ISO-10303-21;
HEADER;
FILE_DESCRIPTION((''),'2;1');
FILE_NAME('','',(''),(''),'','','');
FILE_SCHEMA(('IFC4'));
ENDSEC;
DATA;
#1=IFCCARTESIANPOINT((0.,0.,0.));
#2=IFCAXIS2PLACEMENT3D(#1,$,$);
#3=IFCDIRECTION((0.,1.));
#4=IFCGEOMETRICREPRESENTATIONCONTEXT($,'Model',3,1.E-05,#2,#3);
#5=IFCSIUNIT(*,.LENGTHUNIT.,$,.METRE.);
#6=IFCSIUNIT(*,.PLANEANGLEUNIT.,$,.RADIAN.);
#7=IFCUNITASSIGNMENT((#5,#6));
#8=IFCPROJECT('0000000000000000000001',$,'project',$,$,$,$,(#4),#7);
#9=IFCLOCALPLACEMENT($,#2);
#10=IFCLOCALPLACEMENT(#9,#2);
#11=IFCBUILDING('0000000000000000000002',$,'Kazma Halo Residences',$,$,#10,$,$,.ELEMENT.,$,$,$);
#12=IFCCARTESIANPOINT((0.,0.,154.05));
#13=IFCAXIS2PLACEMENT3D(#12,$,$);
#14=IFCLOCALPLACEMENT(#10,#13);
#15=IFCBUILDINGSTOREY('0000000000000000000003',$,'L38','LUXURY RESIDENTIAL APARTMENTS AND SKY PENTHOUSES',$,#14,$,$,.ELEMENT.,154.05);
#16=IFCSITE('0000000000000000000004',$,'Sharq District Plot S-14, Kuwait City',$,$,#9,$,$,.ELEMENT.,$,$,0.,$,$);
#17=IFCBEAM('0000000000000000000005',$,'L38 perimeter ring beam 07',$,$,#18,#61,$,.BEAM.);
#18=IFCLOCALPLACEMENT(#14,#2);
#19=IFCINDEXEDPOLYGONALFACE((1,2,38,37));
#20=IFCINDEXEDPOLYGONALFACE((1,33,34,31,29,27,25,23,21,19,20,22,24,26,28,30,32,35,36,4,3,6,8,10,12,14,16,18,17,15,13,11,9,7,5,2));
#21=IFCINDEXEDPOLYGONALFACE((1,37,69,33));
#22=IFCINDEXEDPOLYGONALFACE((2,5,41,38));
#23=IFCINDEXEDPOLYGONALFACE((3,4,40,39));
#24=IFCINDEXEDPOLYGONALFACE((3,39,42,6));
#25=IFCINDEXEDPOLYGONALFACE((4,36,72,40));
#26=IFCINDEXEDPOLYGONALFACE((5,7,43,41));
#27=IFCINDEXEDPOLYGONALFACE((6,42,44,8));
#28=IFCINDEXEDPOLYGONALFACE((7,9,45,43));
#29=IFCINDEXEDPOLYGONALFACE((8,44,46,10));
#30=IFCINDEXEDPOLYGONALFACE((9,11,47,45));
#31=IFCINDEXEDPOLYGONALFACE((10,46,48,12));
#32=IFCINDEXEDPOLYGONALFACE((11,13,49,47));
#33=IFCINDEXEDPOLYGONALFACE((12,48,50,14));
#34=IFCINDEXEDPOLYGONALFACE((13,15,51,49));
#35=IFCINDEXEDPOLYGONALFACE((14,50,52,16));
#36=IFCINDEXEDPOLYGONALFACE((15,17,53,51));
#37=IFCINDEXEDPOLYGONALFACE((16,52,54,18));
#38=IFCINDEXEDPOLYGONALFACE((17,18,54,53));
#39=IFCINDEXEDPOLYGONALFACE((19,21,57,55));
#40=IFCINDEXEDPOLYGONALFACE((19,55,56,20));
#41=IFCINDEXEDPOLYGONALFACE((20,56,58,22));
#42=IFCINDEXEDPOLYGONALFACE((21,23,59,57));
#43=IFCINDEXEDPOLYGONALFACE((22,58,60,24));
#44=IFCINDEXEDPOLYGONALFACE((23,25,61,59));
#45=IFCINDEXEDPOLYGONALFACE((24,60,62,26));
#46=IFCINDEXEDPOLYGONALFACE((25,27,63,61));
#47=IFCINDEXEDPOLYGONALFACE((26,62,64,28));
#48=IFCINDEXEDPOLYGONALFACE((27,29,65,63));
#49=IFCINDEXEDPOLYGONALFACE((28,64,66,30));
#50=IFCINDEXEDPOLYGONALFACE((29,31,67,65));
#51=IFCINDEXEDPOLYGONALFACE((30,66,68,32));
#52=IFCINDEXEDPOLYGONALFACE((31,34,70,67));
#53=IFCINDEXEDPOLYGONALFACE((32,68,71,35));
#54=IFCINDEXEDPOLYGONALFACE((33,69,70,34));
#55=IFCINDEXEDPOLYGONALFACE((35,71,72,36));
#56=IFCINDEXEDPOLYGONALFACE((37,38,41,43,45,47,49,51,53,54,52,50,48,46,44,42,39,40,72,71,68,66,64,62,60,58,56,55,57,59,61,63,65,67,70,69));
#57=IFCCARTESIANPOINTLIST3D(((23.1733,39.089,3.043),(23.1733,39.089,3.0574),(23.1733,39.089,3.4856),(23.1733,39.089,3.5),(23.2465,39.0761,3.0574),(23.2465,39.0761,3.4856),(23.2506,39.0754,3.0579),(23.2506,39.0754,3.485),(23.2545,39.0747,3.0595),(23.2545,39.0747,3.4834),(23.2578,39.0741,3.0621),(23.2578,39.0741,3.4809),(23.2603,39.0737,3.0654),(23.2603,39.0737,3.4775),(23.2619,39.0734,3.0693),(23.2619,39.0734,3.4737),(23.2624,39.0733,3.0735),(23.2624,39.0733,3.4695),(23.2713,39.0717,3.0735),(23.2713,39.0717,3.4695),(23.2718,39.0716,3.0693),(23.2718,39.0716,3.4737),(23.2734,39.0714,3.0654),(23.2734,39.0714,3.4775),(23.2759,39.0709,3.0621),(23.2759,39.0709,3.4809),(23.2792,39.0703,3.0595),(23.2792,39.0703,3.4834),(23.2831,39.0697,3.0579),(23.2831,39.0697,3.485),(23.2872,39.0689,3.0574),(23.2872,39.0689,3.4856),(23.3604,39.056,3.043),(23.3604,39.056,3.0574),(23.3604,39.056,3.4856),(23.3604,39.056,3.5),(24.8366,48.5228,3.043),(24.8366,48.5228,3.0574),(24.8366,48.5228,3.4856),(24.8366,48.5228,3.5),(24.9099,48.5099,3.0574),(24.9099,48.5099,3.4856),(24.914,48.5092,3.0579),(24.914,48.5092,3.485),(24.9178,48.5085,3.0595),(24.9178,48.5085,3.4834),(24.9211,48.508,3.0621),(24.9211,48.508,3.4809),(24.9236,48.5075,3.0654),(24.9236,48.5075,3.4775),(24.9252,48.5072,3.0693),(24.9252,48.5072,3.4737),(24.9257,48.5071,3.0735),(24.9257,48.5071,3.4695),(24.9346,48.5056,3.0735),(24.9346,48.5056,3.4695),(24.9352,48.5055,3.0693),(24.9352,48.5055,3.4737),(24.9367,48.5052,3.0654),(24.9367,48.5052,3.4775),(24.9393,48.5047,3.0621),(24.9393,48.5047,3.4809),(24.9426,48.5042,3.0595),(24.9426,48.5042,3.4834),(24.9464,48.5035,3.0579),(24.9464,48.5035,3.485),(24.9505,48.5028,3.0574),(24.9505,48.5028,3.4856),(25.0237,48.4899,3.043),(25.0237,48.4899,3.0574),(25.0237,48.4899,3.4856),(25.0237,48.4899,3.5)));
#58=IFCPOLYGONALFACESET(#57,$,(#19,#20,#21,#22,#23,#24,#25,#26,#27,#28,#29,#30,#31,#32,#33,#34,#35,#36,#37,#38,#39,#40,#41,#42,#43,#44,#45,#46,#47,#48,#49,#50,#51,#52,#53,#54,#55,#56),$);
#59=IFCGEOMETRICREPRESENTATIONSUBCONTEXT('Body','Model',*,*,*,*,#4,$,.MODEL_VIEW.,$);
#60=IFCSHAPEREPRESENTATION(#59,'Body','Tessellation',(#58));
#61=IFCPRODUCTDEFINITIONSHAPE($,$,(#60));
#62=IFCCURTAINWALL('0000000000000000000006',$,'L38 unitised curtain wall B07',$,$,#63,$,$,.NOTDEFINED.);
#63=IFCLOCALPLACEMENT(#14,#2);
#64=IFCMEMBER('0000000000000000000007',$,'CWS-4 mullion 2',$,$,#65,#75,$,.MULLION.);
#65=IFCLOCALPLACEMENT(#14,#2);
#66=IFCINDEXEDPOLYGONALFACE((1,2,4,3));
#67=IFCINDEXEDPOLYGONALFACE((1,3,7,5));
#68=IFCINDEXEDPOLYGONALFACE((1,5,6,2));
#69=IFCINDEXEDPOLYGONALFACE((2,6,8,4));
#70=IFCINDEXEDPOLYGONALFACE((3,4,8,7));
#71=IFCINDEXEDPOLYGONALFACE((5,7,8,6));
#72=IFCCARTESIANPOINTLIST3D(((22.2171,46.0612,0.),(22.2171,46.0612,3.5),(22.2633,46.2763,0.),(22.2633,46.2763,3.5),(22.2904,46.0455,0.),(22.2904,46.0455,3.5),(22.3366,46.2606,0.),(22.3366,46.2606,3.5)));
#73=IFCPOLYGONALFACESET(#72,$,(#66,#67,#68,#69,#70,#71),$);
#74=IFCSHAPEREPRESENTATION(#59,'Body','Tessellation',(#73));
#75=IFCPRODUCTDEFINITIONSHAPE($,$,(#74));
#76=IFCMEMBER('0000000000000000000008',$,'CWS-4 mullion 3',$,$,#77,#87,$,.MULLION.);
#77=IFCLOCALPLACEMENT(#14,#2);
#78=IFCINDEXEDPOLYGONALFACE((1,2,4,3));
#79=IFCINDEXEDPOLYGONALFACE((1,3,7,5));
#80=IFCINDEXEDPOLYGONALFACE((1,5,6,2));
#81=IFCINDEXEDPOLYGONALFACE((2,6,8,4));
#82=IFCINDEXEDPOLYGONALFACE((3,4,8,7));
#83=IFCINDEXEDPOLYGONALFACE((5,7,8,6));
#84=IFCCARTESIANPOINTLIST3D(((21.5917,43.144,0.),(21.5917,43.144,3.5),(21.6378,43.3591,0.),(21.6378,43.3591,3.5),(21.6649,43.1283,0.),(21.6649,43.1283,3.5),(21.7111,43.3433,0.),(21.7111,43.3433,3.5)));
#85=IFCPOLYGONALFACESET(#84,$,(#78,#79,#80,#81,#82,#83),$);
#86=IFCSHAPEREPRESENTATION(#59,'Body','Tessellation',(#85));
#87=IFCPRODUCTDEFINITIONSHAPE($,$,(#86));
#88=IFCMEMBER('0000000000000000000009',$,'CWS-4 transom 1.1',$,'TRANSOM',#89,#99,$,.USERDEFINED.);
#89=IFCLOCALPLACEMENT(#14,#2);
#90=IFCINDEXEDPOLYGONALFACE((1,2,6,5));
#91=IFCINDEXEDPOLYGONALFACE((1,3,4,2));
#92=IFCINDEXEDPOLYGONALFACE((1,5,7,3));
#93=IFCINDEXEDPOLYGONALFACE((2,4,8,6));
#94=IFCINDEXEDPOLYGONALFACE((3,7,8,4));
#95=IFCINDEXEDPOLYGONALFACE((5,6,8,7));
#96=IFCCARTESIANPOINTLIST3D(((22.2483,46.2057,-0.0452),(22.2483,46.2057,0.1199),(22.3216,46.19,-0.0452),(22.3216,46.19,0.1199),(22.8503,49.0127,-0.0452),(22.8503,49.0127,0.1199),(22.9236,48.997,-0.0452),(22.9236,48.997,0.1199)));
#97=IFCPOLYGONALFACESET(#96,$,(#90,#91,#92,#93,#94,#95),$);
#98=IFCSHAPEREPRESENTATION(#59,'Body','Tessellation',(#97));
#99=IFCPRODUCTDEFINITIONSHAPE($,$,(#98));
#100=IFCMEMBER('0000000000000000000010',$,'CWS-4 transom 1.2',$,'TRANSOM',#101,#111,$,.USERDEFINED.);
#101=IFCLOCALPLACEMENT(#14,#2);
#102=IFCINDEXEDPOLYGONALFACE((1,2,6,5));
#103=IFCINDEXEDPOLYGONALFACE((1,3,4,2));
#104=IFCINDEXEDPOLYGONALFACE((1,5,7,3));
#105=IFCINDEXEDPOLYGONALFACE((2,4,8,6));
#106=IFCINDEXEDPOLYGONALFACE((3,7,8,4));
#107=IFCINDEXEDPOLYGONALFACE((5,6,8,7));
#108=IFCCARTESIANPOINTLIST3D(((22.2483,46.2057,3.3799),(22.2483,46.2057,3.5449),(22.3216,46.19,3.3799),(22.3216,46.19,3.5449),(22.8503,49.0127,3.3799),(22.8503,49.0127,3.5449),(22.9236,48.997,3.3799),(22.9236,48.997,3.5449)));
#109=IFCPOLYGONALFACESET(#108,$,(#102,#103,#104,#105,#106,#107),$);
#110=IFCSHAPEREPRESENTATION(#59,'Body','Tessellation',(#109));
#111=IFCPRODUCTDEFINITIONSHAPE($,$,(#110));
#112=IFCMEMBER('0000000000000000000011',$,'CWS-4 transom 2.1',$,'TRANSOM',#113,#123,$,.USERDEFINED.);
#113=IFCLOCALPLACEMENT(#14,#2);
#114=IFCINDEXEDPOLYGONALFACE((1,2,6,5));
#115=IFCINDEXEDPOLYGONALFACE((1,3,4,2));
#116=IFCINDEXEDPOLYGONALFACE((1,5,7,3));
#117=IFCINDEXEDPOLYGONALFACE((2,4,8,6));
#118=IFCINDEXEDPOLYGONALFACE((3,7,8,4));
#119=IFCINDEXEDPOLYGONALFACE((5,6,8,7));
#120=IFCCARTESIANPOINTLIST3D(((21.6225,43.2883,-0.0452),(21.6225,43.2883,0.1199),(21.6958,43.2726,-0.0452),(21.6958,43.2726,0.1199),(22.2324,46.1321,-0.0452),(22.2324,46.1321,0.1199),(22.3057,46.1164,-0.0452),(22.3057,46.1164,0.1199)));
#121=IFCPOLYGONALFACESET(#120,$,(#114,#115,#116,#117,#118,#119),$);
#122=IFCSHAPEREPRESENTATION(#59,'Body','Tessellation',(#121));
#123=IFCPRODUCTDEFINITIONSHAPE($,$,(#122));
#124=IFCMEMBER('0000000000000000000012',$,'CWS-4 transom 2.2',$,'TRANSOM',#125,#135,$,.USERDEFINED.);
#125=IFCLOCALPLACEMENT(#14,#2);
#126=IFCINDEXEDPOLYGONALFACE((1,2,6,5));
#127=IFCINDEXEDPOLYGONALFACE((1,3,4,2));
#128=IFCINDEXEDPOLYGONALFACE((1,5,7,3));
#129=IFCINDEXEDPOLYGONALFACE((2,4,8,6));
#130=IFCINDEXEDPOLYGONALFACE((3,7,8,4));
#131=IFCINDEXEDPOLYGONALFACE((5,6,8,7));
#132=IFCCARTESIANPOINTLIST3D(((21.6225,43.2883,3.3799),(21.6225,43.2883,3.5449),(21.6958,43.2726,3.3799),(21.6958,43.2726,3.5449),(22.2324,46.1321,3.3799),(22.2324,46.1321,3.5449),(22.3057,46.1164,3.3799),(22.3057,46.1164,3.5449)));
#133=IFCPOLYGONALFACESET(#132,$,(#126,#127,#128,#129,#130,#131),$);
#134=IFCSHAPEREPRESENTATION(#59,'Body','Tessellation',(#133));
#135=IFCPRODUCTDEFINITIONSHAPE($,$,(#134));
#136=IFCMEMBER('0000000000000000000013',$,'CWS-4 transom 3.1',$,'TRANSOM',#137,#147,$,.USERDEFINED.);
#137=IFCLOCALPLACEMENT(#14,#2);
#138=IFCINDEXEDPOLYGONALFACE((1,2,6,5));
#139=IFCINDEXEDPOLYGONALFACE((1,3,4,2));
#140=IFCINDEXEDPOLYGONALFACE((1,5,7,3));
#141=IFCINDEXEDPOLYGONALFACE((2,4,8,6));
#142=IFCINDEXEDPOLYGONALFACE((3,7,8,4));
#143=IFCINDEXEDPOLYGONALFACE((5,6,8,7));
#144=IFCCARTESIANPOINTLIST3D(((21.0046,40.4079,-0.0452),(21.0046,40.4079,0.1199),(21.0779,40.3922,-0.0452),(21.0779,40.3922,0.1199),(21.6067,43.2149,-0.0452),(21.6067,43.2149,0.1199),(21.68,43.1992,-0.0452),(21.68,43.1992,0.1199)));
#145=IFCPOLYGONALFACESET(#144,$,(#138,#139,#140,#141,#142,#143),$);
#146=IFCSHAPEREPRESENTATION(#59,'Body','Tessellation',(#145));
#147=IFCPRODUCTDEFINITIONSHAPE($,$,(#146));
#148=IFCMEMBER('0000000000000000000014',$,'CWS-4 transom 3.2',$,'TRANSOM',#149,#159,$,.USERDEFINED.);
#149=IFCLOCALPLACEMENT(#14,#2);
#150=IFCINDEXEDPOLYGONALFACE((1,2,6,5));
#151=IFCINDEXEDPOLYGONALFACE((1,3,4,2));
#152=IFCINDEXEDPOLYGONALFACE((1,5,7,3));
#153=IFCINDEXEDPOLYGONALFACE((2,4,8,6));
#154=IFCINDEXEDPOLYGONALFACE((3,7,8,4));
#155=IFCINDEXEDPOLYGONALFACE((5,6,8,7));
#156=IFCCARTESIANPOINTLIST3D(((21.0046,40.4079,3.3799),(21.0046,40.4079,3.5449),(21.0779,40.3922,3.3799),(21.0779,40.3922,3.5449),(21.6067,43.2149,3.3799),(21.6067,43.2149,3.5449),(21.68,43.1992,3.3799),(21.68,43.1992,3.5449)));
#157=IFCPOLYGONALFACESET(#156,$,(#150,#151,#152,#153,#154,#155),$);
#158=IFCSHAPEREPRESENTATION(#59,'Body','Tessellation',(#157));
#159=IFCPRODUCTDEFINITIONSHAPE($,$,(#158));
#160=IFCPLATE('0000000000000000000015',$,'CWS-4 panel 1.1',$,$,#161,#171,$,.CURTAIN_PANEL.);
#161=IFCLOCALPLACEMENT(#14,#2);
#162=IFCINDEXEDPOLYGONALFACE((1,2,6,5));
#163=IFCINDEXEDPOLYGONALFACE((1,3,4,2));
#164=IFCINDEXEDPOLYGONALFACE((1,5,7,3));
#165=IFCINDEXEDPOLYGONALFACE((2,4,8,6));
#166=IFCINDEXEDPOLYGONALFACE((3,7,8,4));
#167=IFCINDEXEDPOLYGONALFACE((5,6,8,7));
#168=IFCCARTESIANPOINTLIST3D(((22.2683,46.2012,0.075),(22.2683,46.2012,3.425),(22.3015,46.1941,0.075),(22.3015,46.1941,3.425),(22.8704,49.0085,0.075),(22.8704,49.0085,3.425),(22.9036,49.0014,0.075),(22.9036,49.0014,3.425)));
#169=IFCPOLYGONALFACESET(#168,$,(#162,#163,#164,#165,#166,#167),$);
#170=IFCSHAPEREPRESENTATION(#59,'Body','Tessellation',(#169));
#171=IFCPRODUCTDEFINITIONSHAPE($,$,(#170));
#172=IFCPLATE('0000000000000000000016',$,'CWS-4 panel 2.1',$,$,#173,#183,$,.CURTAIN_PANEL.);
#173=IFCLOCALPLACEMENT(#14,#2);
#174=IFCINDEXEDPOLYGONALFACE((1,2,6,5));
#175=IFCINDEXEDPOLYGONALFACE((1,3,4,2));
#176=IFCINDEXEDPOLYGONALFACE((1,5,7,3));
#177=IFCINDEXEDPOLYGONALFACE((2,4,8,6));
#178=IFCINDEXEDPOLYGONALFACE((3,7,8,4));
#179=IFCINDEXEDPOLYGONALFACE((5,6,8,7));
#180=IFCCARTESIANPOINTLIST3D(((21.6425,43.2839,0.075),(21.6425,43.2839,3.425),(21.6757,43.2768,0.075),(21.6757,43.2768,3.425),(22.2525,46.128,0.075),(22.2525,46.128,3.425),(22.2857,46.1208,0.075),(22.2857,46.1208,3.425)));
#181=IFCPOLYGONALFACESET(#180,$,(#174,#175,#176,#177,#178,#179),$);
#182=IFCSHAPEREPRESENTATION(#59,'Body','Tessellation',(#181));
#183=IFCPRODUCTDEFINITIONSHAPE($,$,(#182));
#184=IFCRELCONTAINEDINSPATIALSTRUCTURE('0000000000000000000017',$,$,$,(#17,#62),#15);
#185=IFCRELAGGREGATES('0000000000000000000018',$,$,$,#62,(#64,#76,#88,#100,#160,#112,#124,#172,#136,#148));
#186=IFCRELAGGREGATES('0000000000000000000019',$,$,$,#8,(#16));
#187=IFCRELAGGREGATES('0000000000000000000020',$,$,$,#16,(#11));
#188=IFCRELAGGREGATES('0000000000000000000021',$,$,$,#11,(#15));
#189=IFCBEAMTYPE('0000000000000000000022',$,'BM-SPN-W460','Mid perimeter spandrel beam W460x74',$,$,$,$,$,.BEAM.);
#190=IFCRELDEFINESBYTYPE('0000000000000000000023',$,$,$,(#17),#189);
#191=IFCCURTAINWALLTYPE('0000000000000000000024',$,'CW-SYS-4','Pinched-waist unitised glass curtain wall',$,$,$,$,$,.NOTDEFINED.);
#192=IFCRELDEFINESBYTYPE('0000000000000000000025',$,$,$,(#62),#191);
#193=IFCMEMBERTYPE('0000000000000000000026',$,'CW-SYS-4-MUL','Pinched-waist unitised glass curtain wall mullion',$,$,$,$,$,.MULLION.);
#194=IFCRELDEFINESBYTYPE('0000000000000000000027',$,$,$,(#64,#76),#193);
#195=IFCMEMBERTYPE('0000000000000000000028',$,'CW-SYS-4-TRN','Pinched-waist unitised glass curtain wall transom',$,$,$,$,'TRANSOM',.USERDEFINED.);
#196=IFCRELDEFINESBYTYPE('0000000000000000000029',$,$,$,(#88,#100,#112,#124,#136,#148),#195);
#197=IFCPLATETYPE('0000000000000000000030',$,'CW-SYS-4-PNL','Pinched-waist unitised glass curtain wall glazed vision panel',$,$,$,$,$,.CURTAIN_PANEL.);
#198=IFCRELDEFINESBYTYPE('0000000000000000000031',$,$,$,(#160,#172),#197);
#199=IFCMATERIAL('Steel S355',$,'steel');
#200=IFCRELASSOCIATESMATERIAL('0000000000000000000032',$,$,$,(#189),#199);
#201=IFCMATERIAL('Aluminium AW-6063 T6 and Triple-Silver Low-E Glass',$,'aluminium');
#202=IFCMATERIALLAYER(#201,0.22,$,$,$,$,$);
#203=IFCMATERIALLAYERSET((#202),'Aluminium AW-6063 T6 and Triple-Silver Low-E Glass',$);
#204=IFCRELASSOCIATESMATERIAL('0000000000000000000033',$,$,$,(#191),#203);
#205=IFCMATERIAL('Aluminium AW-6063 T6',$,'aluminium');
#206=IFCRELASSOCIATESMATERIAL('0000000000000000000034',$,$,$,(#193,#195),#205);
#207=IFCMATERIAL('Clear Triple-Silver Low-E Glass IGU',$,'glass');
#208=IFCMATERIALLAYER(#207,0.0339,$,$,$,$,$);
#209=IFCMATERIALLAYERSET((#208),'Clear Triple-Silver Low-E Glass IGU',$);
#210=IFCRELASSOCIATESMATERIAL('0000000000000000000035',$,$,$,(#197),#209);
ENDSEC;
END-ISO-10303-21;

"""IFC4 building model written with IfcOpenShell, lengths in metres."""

from ifc_helpers import new_model, si_unit, direction, frame, origin, origin_2d, place, context, subcontext, project, spatial, rectangle, i_section, extrude, material, layer, layer_set, material_profile, profile_set, type_object, element, aggregate, save


model = new_model("IFC4")

# Units and contexts
model_context = context("Model", 3, precision=1e-05, world=origin(), true_north=direction((0.0, 1.0)))
body_context = subcontext(model_context, "Body", "Model", "MODEL_VIEW")
ifc_project = project(units=[si_unit("LENGTHUNIT", "METRE"), si_unit("PLANEANGLEUNIT", "RADIAN")], contexts=[model_context])

# Site, building, storey
site_placement = place(None, origin())
site = spatial("IfcSite", under=ifc_project, at=site_placement, Name="Sharq District Plot S-14, Kuwait City", CompositionType="ELEMENT", RefElevation=0.0)
building_placement = place(site_placement, origin())
building = spatial("IfcBuilding", under=site, at=building_placement, Name="Kazma Halo Residences", CompositionType="ELEMENT")
storey_placement = place(building_placement, frame((0.0, 0.0, 154.05)))
storey = spatial("IfcBuildingStorey", under=building, at=storey_placement, Name="L38", Description="LUXURY RESIDENTIAL APARTMENTS AND SKY PENTHOUSES", CompositionType="ELEMENT", Elevation=154.05)

# Beam
ifc_material_1 = material(Name="Steel S355", Category="steel")
ifc_material_profile_1 = material_profile(ifc_material_1, i_section(OverallWidth=0.1899, OverallDepth=0.457, WebThickness=0.009, FlangeThickness=0.0144, FilletRadius=0.0161, at=origin_2d()), Name="W460x74")
ifc_profile_set_1 = profile_set([ifc_material_profile_1], Name="Steel S355")
beam_type_1 = type_object("IfcBeamType", Name="BM-SPN-W460", Description="Mid perimeter spandrel beam W460x74", PredefinedType="BEAM", material=ifc_profile_set_1)
beam_1_placement = place(storey_placement, frame((24.9302, 48.5063, 3.2715), z_axis=(-0.173637, -0.98481, 0.0), x_axis=(0.98481, -0.173637, 0.0)))
element("IfcBeam", 1, at=beam_1_placement, inside=storey, type_object=beam_type_1, Name="L38 perimeter ring beam 07", PredefinedType="BEAM", context=body_context, shape_type="SweptSolid", body=[
    extrude(i_section(OverallWidth=0.1899, OverallDepth=0.457, WebThickness=0.009, FlangeThickness=0.0144, FilletRadius=0.0161, at=origin_2d()), origin(), (0.0, 0.0, 1.0), 9.5793),
])

# Curtain wall, members, plates
ifc_material_2 = material(Name="Aluminium AW-6063 T6 and Triple-Silver Low-E Glass", Category="aluminium")
ifc_layer_1 = layer(ifc_material_2, 0.22)
ifc_layer_set_1 = layer_set([ifc_layer_1], Name="Aluminium AW-6063 T6 and Triple-Silver Low-E Glass")
curtain_wall_type = type_object("IfcCurtainWallType", Name="CW-SYS-4", Description="Pinched-waist unitised glass curtain wall", PredefinedType="NOTDEFINED", material=ifc_layer_set_1)
curtain_wall_placement = place(storey_placement, origin())
curtain_wall = element("IfcCurtainWall", 2, at=curtain_wall_placement, inside=storey, type_object=curtain_wall_type, Name="L38 unitised curtain wall B07", PredefinedType="NOTDEFINED")
ifc_material_3 = material(Name="Aluminium AW-6063 T6", Category="aluminium")
ifc_material_profile_2 = material_profile(ifc_material_3, rectangle(XDim=0.075, YDim=0.22, at=origin_2d()), Name="CWM-75x220")
ifc_profile_set_2 = profile_set([ifc_material_profile_2], Name="Aluminium AW-6063 T6")
member_type_1 = type_object("IfcMemberType", Name="CW-SYS-4-MUL", Description="Pinched-waist unitised glass curtain wall mullion", PredefinedType="MULLION", material=ifc_profile_set_2)
member_1_placement = place(storey_placement, frame((22.2769, 46.1609, 0.0), z_axis=(0.0, 0.0, 1.0), x_axis=(0.977765, -0.209704, 0.0)))
member_1 = element("IfcMember", 3, at=member_1_placement, type_object=member_type_1, Name="CWS-4 mullion 2", PredefinedType="MULLION", context=body_context, shape_type="SweptSolid", body=[
    extrude(rectangle(XDim=0.075, YDim=0.22, at=origin_2d()), origin(), (0.0, 0.0, 1.0), 3.5),
])
member_2_placement = place(storey_placement, frame((21.6514, 43.2437, 0.0), z_axis=(0.0, 0.0, 1.0), x_axis=(0.977765, -0.209704, 0.0)))
member_2 = element("IfcMember", 4, at=member_2_placement, type_object=member_type_1, Name="CWS-4 mullion 3", PredefinedType="MULLION", context=body_context, shape_type="SweptSolid", body=[
    extrude(rectangle(XDim=0.075, YDim=0.22, at=origin_2d()), origin(), (0.0, 0.0, 1.0), 3.5),
])
ifc_material_profile_3 = material_profile(ifc_material_3, rectangle(XDim=0.075, YDim=0.165, at=origin_2d()), Name="CWT-75x165")
ifc_profile_set_3 = profile_set([ifc_material_profile_3], Name="Aluminium AW-6063 T6")
member_type_2 = type_object("IfcMemberType", Name="CW-SYS-4-TRN", Description="Pinched-waist unitised glass curtain wall transom", ElementType="TRANSOM", PredefinedType="USERDEFINED", material=ifc_profile_set_3)
member_3_placement = place(storey_placement, frame((22.887, 49.0049, 0.0374), z_axis=(-0.209703, -0.977765, 0.0), x_axis=(0.977765, -0.209703, 0.0)))
member_3 = element("IfcMember", 5, at=member_3_placement, type_object=member_type_2, Name="CWS-4 transom 1.1", ObjectType="TRANSOM", PredefinedType="USERDEFINED", context=body_context, shape_type="SweptSolid", body=[
    extrude(rectangle(XDim=0.075, YDim=0.165, at=origin_2d()), origin(), (0.0, 0.0, 1.0), 2.8708),
])
member_4_placement = place(storey_placement, frame((22.887, 49.0049, 3.4624), z_axis=(-0.209703, -0.977765, 0.0), x_axis=(0.977765, -0.209703, 0.0)))
member_4 = element("IfcMember", 6, at=member_4_placement, type_object=member_type_2, Name="CWS-4 transom 1.2", ObjectType="TRANSOM", PredefinedType="USERDEFINED", context=body_context, shape_type="SweptSolid", body=[
    extrude(rectangle(XDim=0.075, YDim=0.165, at=origin_2d()), origin(), (0.0, 0.0, 1.0), 2.8708),
])
member_5_placement = place(storey_placement, frame((22.269, 46.1243, 0.0374), z_axis=(-0.20969, -0.977768, 0.0), x_axis=(0.977768, -0.20969, 0.0)))
member_5 = element("IfcMember", 7, at=member_5_placement, type_object=member_type_2, Name="CWS-4 transom 2.1", ObjectType="TRANSOM", PredefinedType="USERDEFINED", context=body_context, shape_type="SweptSolid", body=[
    extrude(rectangle(XDim=0.075, YDim=0.165, at=origin_2d()), origin(), (0.0, 0.0, 1.0), 2.9084),
])
member_6_placement = place(storey_placement, frame((22.269, 46.1243, 3.4624), z_axis=(-0.20969, -0.977768, 0.0), x_axis=(0.977768, -0.20969, 0.0)))
member_6 = element("IfcMember", 8, at=member_6_placement, type_object=member_type_2, Name="CWS-4 transom 2.2", ObjectType="TRANSOM", PredefinedType="USERDEFINED", context=body_context, shape_type="SweptSolid", body=[
    extrude(rectangle(XDim=0.075, YDim=0.165, at=origin_2d()), origin(), (0.0, 0.0, 1.0), 2.9084),
])
member_7_placement = place(storey_placement, frame((21.6433, 43.207, 0.0374), z_axis=(-0.209703, -0.977765, 0.0), x_axis=(0.977765, -0.209703, 0.0)))
member_7 = element("IfcMember", 9, at=member_7_placement, type_object=member_type_2, Name="CWS-4 transom 3.1", ObjectType="TRANSOM", PredefinedType="USERDEFINED", context=body_context, shape_type="SweptSolid", body=[
    extrude(rectangle(XDim=0.075, YDim=0.165, at=origin_2d()), origin(), (0.0, 0.0, 1.0), 2.8708),
])
member_8_placement = place(storey_placement, frame((21.6433, 43.207, 3.4624), z_axis=(-0.209703, -0.977765, 0.0), x_axis=(0.977765, -0.209703, 0.0)))
member_8 = element("IfcMember", 10, at=member_8_placement, type_object=member_type_2, Name="CWS-4 transom 3.2", ObjectType="TRANSOM", PredefinedType="USERDEFINED", context=body_context, shape_type="SweptSolid", body=[
    extrude(rectangle(XDim=0.075, YDim=0.165, at=origin_2d()), origin(), (0.0, 0.0, 1.0), 2.8708),
])
ifc_material_4 = material(Name="Clear Triple-Silver Low-E Glass IGU", Category="glass")
ifc_layer_2 = layer(ifc_material_4, 0.0339)
ifc_layer_set_2 = layer_set([ifc_layer_2], Name="Clear Triple-Silver Low-E Glass IGU")
plate_type = type_object("IfcPlateType", Name="CW-SYS-4-PNL", Description="Pinched-waist unitised glass curtain wall glazed vision panel", PredefinedType="CURTAIN_PANEL", material=ifc_layer_set_2)
plate_1_placement = place(storey_placement, frame((22.5859, 47.6013, 0.075), z_axis=(0.0, 0.0, 1.0), x_axis=(-0.209704, -0.977765, 0.0)))
plate_1 = element("IfcPlate", 11, at=plate_1_placement, type_object=plate_type, Name="CWS-4 panel 1.1", PredefinedType="CURTAIN_PANEL", context=body_context, shape_type="SweptSolid", body=[
    extrude(rectangle(XDim=2.8711, YDim=0.0339, at=origin_2d()), origin(), (0.0, 0.0, 1.0), 3.3501),
])
plate_2_placement = place(storey_placement, frame((21.9641, 44.7024, 0.075), z_axis=(0.0, 0.0, 1.0), x_axis=(-0.209704, -0.977765, 0.0)))
plate_2 = element("IfcPlate", 12, at=plate_2_placement, type_object=plate_type, Name="CWS-4 panel 2.1", PredefinedType="CURTAIN_PANEL", context=body_context, shape_type="SweptSolid", body=[
    extrude(rectangle(XDim=2.9087, YDim=0.0339, at=origin_2d()), origin(), (0.0, 0.0, 1.0), 3.3501),
])
aggregate(curtain_wall, [member_1, member_2, member_3, member_4, plate_1, member_5, member_6, plate_2, member_7, member_8])

save(model, "model.ifc")
